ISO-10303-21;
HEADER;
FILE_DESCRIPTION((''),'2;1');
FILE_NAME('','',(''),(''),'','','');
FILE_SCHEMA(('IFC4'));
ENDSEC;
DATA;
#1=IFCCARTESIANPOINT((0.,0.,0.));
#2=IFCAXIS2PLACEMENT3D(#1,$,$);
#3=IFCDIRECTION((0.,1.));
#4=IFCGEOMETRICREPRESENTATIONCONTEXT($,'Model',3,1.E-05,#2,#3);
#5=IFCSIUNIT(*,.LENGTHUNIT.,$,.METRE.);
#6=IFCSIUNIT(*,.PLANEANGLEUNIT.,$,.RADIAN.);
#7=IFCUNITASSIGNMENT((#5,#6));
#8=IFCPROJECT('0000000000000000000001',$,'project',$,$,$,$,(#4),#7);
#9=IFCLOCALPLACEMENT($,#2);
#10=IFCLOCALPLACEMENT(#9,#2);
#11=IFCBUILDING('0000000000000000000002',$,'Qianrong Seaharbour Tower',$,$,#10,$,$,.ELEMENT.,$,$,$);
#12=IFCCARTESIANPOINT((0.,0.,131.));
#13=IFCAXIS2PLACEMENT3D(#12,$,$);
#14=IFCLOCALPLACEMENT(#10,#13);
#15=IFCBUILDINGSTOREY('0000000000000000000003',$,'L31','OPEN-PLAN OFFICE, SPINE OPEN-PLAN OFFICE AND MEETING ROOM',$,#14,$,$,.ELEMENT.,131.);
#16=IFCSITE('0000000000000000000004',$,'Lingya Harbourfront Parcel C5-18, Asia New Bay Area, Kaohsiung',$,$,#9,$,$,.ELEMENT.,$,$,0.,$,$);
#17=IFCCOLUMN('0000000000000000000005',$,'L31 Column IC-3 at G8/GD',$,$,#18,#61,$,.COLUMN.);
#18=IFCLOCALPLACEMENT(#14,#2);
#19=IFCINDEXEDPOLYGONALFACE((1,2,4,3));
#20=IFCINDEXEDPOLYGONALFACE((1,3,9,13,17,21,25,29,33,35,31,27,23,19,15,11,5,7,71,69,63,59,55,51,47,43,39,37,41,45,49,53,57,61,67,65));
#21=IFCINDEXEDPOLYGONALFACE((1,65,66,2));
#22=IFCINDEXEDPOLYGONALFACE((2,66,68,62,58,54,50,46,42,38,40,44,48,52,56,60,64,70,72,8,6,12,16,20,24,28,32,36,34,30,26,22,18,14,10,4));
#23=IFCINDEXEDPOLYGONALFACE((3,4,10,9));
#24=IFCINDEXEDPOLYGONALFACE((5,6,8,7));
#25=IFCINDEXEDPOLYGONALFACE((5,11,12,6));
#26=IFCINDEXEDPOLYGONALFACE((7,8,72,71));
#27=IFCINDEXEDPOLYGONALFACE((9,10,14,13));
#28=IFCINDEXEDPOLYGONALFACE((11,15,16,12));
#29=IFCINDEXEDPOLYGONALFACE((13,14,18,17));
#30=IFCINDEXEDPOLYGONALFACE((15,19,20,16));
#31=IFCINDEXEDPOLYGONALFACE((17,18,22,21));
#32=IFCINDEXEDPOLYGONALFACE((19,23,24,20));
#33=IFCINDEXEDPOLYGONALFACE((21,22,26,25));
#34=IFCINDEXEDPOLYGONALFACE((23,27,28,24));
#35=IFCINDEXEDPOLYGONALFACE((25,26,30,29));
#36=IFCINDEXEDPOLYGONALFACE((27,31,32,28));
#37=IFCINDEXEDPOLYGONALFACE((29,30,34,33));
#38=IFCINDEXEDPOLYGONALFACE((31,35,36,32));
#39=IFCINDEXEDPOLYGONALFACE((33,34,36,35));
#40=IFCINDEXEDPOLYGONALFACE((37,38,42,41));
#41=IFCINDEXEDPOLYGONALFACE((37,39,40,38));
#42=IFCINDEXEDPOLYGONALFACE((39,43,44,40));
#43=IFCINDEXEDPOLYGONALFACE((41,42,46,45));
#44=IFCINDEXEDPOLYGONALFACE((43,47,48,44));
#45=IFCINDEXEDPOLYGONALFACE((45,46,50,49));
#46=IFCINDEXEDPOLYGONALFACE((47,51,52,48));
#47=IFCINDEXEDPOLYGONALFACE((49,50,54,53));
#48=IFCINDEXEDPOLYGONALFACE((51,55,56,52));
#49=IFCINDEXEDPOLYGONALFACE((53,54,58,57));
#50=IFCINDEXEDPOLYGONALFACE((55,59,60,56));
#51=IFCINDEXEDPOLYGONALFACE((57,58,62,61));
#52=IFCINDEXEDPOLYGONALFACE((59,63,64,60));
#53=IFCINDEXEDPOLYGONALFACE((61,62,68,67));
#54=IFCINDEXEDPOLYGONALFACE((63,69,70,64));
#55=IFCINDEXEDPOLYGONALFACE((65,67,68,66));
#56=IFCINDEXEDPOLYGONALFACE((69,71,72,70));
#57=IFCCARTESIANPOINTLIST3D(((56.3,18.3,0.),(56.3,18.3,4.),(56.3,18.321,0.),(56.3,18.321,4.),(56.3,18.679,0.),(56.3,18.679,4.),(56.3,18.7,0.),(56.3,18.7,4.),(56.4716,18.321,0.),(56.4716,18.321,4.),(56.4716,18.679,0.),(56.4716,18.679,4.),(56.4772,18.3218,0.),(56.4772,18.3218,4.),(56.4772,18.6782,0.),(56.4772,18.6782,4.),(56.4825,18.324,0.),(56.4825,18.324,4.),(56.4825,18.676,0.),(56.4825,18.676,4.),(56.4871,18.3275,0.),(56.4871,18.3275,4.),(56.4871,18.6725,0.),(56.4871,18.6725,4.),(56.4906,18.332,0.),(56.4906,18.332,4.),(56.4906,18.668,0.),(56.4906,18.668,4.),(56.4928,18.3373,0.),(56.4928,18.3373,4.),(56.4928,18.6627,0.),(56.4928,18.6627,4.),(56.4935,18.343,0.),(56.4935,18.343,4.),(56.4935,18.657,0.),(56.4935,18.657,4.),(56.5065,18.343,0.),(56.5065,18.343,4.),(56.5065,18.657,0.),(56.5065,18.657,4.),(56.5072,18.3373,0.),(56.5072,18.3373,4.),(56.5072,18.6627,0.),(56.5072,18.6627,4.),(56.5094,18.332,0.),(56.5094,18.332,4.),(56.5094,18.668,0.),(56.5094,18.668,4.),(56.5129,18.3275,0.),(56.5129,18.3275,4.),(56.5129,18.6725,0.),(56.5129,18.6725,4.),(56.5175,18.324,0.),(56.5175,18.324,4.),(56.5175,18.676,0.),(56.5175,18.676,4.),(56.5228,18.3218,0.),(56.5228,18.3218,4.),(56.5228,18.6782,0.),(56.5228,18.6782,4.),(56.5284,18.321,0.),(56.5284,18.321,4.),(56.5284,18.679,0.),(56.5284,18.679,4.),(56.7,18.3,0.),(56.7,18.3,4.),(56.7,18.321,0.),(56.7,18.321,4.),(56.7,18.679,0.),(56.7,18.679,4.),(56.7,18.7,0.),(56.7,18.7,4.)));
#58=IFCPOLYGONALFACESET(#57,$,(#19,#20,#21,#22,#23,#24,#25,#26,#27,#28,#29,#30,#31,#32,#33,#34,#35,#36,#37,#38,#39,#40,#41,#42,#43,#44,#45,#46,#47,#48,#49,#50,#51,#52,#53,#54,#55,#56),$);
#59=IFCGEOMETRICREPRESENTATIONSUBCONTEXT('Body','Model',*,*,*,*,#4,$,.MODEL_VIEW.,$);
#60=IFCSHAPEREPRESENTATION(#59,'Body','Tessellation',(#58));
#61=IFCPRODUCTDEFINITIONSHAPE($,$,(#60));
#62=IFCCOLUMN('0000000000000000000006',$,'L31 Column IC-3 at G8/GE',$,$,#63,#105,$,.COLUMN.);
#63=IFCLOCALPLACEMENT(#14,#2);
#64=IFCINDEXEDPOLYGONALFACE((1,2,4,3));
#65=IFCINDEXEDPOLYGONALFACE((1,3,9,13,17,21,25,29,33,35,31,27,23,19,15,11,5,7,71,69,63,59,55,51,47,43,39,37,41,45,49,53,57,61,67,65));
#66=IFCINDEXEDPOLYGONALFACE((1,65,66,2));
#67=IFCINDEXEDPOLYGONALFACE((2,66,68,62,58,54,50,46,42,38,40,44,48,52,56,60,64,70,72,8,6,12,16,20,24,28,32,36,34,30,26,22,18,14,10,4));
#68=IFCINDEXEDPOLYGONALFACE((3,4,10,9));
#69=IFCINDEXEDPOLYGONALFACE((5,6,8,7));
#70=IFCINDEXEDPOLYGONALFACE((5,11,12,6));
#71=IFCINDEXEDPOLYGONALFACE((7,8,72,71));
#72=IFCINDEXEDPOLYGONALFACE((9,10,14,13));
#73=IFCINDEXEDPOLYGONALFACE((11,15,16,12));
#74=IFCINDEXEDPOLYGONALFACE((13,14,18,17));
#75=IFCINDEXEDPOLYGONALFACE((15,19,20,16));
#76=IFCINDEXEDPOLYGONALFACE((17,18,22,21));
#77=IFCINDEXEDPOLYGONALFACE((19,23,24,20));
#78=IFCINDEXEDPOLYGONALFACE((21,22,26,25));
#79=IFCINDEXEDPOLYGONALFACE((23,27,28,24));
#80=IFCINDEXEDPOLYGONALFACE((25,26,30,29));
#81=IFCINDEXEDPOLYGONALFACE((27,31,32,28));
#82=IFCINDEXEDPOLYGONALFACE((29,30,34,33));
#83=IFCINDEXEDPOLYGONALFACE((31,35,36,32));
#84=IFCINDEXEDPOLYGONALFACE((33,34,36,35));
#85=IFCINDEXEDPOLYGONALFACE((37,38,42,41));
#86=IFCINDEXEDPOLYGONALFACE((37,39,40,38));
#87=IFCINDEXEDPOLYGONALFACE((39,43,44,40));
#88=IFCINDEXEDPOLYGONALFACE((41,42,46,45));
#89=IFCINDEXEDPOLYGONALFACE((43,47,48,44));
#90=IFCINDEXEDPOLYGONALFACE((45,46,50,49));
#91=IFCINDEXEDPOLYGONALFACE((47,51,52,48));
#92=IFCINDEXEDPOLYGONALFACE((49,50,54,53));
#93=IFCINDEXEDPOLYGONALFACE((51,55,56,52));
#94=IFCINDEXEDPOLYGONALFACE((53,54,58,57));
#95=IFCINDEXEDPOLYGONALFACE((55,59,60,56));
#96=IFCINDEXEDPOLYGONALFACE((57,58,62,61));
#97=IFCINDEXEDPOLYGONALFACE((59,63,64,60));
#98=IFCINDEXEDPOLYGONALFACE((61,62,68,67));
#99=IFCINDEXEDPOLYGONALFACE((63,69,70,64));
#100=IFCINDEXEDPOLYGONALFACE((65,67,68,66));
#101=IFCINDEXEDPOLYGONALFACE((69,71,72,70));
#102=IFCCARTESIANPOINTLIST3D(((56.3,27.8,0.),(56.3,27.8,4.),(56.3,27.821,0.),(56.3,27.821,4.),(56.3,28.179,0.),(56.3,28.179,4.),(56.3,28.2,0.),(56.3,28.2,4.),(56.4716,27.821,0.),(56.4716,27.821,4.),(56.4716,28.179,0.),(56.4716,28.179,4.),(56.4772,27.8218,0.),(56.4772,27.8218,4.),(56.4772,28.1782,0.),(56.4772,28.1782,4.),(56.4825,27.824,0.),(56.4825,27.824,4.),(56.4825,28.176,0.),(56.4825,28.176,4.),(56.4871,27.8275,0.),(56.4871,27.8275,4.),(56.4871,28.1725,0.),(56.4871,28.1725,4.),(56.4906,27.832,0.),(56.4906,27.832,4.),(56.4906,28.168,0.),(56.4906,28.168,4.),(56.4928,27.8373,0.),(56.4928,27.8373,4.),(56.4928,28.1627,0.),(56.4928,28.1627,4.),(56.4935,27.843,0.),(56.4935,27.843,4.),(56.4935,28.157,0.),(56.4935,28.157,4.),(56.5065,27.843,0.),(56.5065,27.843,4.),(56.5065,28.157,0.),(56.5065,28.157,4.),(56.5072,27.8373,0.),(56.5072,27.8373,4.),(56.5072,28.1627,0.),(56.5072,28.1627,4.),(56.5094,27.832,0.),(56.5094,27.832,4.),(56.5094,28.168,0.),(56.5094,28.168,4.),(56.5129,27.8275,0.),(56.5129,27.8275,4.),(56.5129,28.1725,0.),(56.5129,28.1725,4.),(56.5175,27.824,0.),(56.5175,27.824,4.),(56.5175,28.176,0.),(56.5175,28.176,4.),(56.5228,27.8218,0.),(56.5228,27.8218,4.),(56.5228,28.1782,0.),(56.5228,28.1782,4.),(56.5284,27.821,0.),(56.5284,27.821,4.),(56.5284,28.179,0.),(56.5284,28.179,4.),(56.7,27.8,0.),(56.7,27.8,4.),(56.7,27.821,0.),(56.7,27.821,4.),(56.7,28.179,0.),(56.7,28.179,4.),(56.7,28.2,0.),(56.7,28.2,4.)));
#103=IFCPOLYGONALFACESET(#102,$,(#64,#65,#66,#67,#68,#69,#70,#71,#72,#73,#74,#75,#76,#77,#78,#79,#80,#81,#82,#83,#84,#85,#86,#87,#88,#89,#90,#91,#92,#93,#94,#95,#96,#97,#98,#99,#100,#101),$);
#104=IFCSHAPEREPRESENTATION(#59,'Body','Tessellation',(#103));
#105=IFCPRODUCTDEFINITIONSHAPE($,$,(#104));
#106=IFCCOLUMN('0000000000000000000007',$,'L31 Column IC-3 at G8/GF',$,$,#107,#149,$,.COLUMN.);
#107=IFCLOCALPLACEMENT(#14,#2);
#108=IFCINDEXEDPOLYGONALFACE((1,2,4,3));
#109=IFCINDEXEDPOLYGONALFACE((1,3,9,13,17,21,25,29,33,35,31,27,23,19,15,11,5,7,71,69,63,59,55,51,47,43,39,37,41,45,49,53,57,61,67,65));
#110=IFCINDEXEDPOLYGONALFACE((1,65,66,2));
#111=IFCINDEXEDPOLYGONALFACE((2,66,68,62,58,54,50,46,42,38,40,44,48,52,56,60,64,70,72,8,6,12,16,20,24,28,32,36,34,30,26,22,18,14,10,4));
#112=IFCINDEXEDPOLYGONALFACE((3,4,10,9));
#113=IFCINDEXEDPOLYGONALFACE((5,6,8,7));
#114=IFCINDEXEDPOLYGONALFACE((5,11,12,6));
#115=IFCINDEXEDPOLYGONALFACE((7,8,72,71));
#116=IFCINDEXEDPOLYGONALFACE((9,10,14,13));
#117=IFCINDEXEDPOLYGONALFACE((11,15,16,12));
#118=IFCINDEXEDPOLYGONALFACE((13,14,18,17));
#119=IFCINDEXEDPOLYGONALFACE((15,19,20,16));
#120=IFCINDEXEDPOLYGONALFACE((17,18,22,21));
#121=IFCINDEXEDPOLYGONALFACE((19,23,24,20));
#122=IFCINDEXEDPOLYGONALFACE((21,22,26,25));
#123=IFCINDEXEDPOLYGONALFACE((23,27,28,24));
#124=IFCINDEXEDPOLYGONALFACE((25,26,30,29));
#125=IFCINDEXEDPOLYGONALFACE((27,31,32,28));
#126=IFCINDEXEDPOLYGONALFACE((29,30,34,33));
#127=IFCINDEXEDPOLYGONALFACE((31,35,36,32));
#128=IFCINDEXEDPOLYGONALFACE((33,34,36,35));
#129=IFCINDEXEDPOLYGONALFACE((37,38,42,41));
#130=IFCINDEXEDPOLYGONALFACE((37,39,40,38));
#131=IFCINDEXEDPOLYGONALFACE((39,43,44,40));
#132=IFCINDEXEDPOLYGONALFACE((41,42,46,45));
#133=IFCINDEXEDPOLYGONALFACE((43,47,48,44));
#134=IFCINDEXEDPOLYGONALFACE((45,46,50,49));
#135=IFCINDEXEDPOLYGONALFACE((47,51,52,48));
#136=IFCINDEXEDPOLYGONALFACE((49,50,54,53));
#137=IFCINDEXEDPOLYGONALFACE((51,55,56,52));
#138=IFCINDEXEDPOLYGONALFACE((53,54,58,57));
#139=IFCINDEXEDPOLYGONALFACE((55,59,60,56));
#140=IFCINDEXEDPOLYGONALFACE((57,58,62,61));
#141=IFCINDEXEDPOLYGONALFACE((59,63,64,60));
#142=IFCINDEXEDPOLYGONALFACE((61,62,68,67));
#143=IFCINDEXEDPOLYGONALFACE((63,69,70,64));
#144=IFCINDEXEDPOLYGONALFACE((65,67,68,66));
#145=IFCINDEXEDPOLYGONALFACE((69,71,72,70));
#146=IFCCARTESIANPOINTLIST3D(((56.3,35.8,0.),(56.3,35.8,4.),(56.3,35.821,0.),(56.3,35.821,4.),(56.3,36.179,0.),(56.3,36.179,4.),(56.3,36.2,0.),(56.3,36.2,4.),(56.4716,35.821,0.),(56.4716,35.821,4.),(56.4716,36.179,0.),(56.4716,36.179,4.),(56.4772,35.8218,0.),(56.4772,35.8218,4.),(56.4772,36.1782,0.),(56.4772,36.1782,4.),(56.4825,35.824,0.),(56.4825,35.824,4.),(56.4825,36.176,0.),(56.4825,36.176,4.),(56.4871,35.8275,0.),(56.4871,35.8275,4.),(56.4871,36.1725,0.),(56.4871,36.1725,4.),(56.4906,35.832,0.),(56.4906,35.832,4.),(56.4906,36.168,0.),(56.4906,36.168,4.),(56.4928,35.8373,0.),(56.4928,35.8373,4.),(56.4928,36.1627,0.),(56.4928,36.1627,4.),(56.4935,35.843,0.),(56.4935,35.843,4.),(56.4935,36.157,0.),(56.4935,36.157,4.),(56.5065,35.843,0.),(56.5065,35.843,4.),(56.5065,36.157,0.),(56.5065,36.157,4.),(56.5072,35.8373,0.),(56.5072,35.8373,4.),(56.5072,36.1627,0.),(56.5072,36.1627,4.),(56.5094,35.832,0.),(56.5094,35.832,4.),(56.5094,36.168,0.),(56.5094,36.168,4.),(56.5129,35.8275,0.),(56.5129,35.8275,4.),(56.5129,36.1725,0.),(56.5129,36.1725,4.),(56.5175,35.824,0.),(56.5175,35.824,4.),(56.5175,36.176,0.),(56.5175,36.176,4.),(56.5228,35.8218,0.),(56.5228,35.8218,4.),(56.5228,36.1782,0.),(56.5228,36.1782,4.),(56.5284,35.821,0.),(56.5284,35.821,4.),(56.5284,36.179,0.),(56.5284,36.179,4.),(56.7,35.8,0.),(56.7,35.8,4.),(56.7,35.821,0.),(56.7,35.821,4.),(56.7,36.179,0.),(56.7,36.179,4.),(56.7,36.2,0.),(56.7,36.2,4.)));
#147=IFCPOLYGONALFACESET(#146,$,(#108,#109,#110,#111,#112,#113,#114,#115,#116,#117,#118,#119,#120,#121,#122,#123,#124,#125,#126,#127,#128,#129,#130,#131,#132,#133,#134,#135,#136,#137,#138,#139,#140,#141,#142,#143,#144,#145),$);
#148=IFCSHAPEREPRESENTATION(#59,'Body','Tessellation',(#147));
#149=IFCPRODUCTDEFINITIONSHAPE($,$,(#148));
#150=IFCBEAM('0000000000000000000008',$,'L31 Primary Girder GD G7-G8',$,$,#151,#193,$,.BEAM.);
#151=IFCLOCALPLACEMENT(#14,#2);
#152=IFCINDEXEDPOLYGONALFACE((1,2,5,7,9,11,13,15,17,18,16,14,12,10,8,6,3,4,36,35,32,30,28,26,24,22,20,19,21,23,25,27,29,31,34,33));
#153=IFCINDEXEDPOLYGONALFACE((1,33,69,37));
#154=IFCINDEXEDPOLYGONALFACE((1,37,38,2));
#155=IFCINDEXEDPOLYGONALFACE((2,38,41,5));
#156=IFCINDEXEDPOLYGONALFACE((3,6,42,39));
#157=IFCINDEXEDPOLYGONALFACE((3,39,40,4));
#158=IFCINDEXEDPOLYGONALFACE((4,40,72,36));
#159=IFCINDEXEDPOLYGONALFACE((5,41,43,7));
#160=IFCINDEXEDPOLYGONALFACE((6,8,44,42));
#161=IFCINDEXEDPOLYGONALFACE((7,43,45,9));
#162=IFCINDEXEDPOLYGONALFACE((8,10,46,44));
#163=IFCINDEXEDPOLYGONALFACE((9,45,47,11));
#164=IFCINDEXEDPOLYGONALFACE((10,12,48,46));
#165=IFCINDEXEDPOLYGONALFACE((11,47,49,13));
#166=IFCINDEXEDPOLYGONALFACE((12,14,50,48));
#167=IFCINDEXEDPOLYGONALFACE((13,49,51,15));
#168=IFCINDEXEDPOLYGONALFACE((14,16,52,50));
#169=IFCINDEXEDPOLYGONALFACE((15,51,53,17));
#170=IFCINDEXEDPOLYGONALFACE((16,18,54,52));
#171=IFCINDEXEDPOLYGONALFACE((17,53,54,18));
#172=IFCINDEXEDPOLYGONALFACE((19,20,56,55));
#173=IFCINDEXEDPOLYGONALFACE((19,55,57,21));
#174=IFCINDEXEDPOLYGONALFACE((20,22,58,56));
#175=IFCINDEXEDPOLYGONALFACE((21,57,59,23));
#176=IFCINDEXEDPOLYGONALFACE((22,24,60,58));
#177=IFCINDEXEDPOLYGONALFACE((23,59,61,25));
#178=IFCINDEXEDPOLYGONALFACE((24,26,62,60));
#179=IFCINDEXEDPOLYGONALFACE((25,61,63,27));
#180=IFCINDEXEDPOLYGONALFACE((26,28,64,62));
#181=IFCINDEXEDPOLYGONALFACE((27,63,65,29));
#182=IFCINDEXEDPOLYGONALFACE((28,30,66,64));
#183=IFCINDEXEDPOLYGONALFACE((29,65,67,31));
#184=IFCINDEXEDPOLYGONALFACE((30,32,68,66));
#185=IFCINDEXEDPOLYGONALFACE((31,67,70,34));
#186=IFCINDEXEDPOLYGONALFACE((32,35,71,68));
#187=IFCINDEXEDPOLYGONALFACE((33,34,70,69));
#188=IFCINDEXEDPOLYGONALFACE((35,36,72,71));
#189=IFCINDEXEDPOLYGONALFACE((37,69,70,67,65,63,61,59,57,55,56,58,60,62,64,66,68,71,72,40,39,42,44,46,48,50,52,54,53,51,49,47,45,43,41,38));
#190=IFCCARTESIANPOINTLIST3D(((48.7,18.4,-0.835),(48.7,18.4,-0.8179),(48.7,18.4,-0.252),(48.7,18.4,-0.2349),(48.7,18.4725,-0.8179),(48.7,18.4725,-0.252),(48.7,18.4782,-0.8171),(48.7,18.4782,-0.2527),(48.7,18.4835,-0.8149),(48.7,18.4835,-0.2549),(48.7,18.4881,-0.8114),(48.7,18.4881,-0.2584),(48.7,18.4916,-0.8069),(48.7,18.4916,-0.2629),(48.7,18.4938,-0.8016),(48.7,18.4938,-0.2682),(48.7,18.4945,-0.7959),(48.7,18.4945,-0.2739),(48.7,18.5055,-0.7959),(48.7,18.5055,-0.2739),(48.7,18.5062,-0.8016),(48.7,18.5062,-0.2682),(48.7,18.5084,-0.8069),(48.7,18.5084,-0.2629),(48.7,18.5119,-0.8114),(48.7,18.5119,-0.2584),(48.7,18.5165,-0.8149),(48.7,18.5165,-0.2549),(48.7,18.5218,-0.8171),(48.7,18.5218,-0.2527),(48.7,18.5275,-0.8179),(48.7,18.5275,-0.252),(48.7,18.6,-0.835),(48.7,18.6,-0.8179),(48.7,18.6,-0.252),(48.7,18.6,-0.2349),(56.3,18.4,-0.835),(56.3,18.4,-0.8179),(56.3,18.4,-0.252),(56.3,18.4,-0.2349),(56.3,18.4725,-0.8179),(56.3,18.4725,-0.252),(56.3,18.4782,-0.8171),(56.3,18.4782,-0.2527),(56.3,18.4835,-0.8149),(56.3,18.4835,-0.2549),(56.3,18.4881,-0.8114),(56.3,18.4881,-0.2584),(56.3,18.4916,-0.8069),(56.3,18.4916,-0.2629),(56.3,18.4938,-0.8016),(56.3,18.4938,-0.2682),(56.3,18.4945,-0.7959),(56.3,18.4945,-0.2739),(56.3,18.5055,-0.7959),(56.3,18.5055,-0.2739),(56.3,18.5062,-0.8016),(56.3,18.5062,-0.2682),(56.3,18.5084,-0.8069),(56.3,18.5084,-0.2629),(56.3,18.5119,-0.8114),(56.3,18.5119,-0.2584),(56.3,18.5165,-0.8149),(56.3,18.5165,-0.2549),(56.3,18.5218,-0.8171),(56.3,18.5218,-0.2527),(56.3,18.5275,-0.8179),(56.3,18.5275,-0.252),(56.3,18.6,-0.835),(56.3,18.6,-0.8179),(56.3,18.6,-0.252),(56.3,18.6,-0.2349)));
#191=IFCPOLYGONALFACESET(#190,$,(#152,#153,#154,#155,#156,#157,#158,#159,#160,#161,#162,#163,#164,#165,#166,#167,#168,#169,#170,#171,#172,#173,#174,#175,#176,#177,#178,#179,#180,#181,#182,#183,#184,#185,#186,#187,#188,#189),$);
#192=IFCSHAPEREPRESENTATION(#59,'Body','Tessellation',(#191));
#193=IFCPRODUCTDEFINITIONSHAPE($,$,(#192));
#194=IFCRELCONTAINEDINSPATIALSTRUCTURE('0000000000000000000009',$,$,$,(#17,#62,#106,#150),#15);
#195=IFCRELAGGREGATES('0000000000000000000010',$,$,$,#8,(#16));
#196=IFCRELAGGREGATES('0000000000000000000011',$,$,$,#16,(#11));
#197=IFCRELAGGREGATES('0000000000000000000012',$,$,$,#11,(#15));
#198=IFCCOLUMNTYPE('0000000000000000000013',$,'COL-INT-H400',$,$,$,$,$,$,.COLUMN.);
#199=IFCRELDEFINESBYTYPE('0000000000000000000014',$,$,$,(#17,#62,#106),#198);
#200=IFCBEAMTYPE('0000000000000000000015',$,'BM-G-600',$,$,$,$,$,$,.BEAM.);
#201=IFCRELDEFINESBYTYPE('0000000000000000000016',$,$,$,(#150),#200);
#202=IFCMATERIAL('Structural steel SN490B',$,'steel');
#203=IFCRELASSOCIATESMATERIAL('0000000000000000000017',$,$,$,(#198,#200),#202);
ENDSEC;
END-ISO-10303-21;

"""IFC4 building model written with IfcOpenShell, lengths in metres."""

from ifc_helpers import new_model, si_unit, direction, frame, origin, origin_2d, place, context, subcontext, project, spatial, i_section, extrude, material, material_profile, profile_set, type_object, element, save


model = new_model("IFC4")

# Units and contexts
model_context = context("Model", 3, precision=1e-05, world=origin(), true_north=direction((0.0, 1.0)))
body_context = subcontext(model_context, "Body", "Model", "MODEL_VIEW")
ifc_project = project(units=[si_unit("LENGTHUNIT", "METRE"), si_unit("PLANEANGLEUNIT", "RADIAN")], contexts=[model_context])

# Site, building, storey
site_placement = place(None, origin())
site = spatial("IfcSite", under=ifc_project, at=site_placement, Name="Lingya Harbourfront Parcel C5-18, Asia New Bay Area, Kaohsiung", CompositionType="ELEMENT", RefElevation=0.0)
building_placement = place(site_placement, origin())
building = spatial("IfcBuilding", under=site, at=building_placement, Name="Qianrong Seaharbour Tower", CompositionType="ELEMENT")
storey_placement = place(building_placement, frame((0.0, 0.0, 131.0)))
storey = spatial("IfcBuildingStorey", under=building, at=storey_placement, Name="L31", Description="OPEN-PLAN OFFICE, SPINE OPEN-PLAN OFFICE AND MEETING ROOM", CompositionType="ELEMENT", Elevation=131.0)

# Columns
ifc_material_1 = material(Name="Structural steel SN490B", Category="steel")
ifc_material_profile_1 = material_profile(ifc_material_1, i_section(OverallWidth=0.3999, OverallDepth=0.3999, WebThickness=0.0129, FlangeThickness=0.021, FilletRadius=0.022, at=origin_2d()), Name="H400x400x13x21")
ifc_profile_set_1 = profile_set([ifc_material_profile_1], Name="Structural steel SN490B")
column_type_1 = type_object("IfcColumnType", Name="COL-INT-H400", PredefinedType="COLUMN", material=ifc_profile_set_1)
for number, where, z_axis, x_axis, name in (
    (1, (56.5, 18.5, 0.0), (0.0, 0.0, 1.0), (1.0, 0.0, 0.0), "L31 Column IC-3 at G8/GD"),
    (2, (56.5, 28.0, 0.0), (0.0, 0.0, 1.0), (1.0, 0.0, 0.0), "L31 Column IC-3 at G8/GE"),
    (3, (56.5, 36.0, 0.0), (0.0, 0.0, 1.0), (1.0, 0.0, 0.0), "L31 Column IC-3 at G8/GF"),
):
    element("IfcColumn", number, at=place(storey_placement, frame(where, z_axis=z_axis, x_axis=x_axis)), inside=storey, type_object=column_type_1, Name=name, PredefinedType="COLUMN", context=body_context, shape_type="SweptSolid", body=[
        extrude(i_section(OverallWidth=0.3999, OverallDepth=0.3999, WebThickness=0.0129, FlangeThickness=0.021, FilletRadius=0.022, at=origin_2d()), origin(), (0.0, 0.0, 1.0), 4.0),
    ])

# Beam
ifc_material_profile_2 = material_profile(ifc_material_1, i_section(OverallWidth=0.2, OverallDepth=0.6001, WebThickness=0.011, FlangeThickness=0.0171, FilletRadius=0.022, at=origin_2d()), Name="H600x200x11x17")
ifc_profile_set_2 = profile_set([ifc_material_profile_2], Name="Structural steel SN490B")
beam_type_1 = type_object("IfcBeamType", Name="BM-G-600", PredefinedType="BEAM", material=ifc_profile_set_2)
beam_1_placement = place(storey_placement, frame((48.7, 18.5, -0.5349), z_axis=(1.0, 0.0, 0.0), x_axis=(0.0, 1.0, 0.0)))
element("IfcBeam", 4, at=beam_1_placement, inside=storey, type_object=beam_type_1, Name="L31 Primary Girder GD G7-G8", PredefinedType="BEAM", context=body_context, shape_type="SweptSolid", body=[
    extrude(i_section(OverallWidth=0.2, OverallDepth=0.6001, WebThickness=0.011, FlangeThickness=0.0171, FilletRadius=0.022, at=origin_2d()), origin(), (0.0, 0.0, 1.0), 7.6001),
])

save(model, "model.ifc")
